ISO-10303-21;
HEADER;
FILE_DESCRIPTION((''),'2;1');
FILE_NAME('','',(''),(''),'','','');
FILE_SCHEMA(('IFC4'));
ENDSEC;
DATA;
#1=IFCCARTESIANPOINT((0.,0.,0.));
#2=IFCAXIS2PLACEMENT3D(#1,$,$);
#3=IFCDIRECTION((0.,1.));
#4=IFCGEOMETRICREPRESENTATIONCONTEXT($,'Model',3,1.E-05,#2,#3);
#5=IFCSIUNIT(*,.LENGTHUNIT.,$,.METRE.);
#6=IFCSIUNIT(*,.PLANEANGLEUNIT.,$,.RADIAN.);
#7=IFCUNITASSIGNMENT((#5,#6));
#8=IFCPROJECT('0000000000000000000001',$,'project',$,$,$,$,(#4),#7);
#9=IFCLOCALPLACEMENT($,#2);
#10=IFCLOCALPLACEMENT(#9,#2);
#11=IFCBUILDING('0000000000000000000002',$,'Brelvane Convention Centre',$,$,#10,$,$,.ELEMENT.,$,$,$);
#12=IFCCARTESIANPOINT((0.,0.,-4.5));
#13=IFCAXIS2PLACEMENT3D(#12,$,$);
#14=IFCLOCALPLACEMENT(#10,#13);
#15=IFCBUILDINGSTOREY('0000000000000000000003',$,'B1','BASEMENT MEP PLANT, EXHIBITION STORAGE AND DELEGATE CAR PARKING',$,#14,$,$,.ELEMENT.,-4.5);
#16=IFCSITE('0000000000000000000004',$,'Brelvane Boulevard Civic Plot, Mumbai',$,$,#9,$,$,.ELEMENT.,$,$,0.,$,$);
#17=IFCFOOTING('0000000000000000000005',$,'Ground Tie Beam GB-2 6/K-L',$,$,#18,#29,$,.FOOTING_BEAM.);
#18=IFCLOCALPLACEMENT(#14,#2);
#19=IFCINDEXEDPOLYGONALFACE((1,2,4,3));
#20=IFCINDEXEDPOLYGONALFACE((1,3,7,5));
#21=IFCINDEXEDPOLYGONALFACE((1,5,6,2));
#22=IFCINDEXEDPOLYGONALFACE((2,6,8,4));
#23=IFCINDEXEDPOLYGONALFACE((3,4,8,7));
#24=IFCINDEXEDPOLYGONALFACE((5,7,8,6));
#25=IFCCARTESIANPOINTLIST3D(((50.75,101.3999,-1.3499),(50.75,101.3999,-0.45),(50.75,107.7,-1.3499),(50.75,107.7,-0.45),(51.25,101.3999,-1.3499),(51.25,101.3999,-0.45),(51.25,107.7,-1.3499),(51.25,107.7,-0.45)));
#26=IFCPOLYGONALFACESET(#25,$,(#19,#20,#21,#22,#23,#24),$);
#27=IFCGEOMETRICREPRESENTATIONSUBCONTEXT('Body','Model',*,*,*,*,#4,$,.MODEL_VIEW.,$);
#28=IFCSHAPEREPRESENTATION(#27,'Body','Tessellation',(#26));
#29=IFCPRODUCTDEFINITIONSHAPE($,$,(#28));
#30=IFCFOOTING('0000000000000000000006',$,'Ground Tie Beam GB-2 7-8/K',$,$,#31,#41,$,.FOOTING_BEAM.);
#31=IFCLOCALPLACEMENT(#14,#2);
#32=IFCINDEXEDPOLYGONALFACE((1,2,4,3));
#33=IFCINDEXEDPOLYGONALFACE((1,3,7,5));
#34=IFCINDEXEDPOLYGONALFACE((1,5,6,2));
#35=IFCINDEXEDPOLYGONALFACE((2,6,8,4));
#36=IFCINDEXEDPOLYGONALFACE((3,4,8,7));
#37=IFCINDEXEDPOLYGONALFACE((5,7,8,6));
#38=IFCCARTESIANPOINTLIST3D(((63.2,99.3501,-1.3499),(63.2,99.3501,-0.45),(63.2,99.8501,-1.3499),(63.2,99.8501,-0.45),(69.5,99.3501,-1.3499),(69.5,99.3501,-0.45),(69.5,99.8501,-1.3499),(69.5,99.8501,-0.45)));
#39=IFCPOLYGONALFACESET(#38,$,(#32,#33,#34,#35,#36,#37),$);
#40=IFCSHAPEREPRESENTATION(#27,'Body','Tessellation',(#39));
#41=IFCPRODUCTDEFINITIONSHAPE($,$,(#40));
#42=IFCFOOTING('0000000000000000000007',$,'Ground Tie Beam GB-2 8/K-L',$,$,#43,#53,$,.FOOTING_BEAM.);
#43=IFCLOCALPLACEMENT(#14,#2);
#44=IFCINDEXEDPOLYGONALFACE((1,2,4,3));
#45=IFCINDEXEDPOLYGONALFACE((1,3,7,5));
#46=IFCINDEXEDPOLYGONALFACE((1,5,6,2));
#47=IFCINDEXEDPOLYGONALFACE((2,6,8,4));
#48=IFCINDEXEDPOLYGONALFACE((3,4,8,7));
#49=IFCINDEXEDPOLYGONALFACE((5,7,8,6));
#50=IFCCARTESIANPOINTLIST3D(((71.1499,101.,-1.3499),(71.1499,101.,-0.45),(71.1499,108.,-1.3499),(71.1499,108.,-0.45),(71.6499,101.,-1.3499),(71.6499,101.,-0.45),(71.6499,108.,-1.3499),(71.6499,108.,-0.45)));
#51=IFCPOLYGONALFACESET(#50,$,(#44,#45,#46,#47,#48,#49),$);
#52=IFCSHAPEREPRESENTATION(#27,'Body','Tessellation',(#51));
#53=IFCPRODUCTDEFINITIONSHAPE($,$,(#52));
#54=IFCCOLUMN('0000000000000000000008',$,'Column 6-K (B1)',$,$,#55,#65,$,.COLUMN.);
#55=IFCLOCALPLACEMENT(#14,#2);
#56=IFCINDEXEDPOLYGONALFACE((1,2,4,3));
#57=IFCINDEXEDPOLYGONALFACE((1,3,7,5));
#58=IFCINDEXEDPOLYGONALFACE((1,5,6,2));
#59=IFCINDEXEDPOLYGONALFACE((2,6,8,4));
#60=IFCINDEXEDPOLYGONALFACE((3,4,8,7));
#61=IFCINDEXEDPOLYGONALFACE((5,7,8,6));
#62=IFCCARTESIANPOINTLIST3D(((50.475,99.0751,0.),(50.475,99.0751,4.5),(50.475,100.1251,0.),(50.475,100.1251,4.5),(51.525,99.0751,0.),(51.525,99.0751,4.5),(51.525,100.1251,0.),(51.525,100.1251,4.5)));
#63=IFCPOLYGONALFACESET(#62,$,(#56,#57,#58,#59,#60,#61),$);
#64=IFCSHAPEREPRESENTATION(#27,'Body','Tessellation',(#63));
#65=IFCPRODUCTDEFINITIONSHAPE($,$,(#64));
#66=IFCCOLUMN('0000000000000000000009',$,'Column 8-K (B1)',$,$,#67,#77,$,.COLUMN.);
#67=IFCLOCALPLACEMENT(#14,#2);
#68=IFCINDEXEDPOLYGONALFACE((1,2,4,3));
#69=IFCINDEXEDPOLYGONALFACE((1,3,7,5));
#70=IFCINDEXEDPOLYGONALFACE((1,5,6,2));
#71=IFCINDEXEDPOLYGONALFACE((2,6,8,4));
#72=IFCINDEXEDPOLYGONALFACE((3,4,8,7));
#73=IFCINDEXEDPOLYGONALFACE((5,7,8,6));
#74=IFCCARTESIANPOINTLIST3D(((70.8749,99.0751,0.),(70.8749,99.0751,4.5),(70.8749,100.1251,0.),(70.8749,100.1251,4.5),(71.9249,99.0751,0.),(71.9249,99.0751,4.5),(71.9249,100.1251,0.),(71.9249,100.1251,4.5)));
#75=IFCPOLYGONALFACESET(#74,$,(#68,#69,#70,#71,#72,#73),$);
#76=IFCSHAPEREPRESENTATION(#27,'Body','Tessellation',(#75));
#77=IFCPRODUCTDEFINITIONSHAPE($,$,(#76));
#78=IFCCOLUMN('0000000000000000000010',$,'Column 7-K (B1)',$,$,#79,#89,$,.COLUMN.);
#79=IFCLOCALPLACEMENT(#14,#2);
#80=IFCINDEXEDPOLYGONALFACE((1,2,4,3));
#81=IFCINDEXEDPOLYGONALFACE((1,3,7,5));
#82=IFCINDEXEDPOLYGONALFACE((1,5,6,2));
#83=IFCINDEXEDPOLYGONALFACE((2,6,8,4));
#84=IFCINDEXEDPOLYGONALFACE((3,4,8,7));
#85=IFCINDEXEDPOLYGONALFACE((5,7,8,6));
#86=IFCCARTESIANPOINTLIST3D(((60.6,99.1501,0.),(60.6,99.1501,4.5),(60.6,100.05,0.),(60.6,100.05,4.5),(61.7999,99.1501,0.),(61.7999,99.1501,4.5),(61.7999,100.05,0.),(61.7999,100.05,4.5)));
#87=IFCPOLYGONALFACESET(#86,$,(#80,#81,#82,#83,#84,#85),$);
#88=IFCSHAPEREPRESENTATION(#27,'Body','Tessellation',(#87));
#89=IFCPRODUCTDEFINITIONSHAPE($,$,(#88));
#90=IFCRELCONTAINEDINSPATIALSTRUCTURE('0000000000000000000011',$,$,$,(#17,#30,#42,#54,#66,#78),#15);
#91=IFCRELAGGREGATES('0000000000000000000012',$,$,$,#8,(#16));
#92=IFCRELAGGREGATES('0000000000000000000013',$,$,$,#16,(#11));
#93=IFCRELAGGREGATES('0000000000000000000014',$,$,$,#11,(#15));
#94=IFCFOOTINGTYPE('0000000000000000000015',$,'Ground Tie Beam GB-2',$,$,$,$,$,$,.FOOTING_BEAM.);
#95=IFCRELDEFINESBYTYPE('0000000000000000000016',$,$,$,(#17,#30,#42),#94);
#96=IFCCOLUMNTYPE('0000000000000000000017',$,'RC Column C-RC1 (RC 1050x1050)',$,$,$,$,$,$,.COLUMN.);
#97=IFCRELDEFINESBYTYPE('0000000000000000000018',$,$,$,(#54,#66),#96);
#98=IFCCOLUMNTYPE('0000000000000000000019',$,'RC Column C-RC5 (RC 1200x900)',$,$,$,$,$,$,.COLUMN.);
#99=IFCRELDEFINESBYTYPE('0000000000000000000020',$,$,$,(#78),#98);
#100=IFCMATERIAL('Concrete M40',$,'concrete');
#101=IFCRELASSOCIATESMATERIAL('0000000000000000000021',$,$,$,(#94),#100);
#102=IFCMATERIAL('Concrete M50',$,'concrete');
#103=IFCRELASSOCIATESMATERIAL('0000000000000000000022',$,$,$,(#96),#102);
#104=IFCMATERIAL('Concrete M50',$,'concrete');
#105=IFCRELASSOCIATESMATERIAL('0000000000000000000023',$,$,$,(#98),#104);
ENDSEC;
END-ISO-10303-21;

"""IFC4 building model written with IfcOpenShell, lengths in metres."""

from ifc_helpers import new_model, si_unit, direction, frame, origin, origin_2d, place, context, subcontext, project, spatial, rectangle, extrude, material, material_profile, profile_set, type_object, element, save


model = new_model("IFC4")

# Units and contexts
model_context = context("Model", 3, precision=1e-05, world=origin(), true_north=direction((0.0, 1.0)))
body_context = subcontext(model_context, "Body", "Model", "MODEL_VIEW")
ifc_project = project(units=[si_unit("LENGTHUNIT", "METRE"), si_unit("PLANEANGLEUNIT", "RADIAN")], contexts=[model_context])

# Site, building, storey
site_placement = place(None, origin())
site = spatial("IfcSite", under=ifc_project, at=site_placement, Name="Brelvane Boulevard Civic Plot, Mumbai", CompositionType="ELEMENT", RefElevation=0.0)
building_placement = place(site_placement, origin())
building = spatial("IfcBuilding", under=site, at=building_placement, Name="Brelvane Convention Centre", CompositionType="ELEMENT")
storey_placement = place(building_placement, frame((0.0, 0.0, -4.5)))
storey = spatial("IfcBuildingStorey", under=building, at=storey_placement, Name="B1", Description="BASEMENT MEP PLANT, EXHIBITION STORAGE AND DELEGATE CAR PARKING", CompositionType="ELEMENT", Elevation=-4.5)

# Footings
ifc_material_1 = material(Name="Concrete M40", Category="concrete")
ifc_material_profile_1 = material_profile(ifc_material_1, rectangle(XDim=0.5, YDim=0.8999, at=origin_2d()), Name="RC 500x900")
ifc_profile_set_1 = profile_set([ifc_material_profile_1], Name="Concrete M40")
footing_type_1 = type_object("IfcFootingType", Name="Ground Tie Beam GB-2", PredefinedType="FOOTING_BEAM", material=ifc_profile_set_1)
for number, where, z_axis, x_axis, name in (
    (1, (51.0, 101.3999, -0.8999), (0.0, 1.0, 0.0), (-1.0, 0.0, 0.0), "Ground Tie Beam GB-2 6/K-L"),
    (2, (63.2, 99.6001, -0.8999), (1.0, 0.0, 0.0), (0.0, 1.0, 0.0), "Ground Tie Beam GB-2 7-8/K"),
):
    element("IfcFooting", number, at=place(storey_placement, frame(where, z_axis=z_axis, x_axis=x_axis)), inside=storey, type_object=footing_type_1, Name=name, PredefinedType="FOOTING_BEAM", context=body_context, shape_type="SweptSolid", body=[
        extrude(rectangle(XDim=0.5, YDim=0.8999, at=origin_2d()), origin(), (0.0, 0.0, 1.0), 6.3),
    ])
footing_1_placement = place(storey_placement, frame((71.3999, 101.0, -0.8999), z_axis=(0.0, 1.0, 0.0), x_axis=(-1.0, 0.0, 0.0)))
element("IfcFooting", 3, at=footing_1_placement, inside=storey, type_object=footing_type_1, Name="Ground Tie Beam GB-2 8/K-L", PredefinedType="FOOTING_BEAM", context=body_context, shape_type="SweptSolid", body=[
    extrude(rectangle(XDim=0.5, YDim=0.8999, at=origin_2d()), origin(), (0.0, 0.0, 1.0), 7.0),
])

# Columns
ifc_material_2 = material(Name="Concrete M50", Category="concrete")
ifc_material_profile_2 = material_profile(ifc_material_2, rectangle(XDim=1.05, YDim=1.05, at=origin_2d()), Name="RC 1050x1050")
ifc_profile_set_2 = profile_set([ifc_material_profile_2], Name="Concrete M50")
column_type_1 = type_object("IfcColumnType", Name="RC Column C-RC1 (RC 1050x1050)", PredefinedType="COLUMN", material=ifc_profile_set_2)
for number, where, z_axis, x_axis, name in (
    (4, (51.0, 99.6001, 0.0), (0.0, 0.0, 1.0), (1.0, 0.0, 0.0), "Column 6-K (B1)"),
    (5, (71.3999, 99.6001, 0.0), (0.0, 0.0, 1.0), (1.0, 0.0, 0.0), "Column 8-K (B1)"),
):
    element("IfcColumn", number, at=place(storey_placement, frame(where, z_axis=z_axis, x_axis=x_axis)), inside=storey, type_object=column_type_1, Name=name, PredefinedType="COLUMN", context=body_context, shape_type="SweptSolid", body=[
        extrude(rectangle(XDim=1.05, YDim=1.05, at=origin_2d()), origin(), (0.0, 0.0, 1.0), 4.5),
    ])
ifc_material_3 = material(Name="Concrete M50", Category="concrete")
ifc_material_profile_3 = material_profile(ifc_material_3, rectangle(XDim=1.2, YDim=0.8999, at=origin_2d()), Name="RC 1200x900")
ifc_profile_set_3 = profile_set([ifc_material_profile_3], Name="Concrete M50")
column_type_2 = type_object("IfcColumnType", Name="RC Column C-RC5 (RC 1200x900)", PredefinedType="COLUMN", material=ifc_profile_set_3)
column_placement = place(storey_placement, frame((61.2, 99.6001, 0.0), z_axis=(0.0, 0.0, 1.0), x_axis=(1.0, 0.0, 0.0)))
element("IfcColumn", 6, at=column_placement, inside=storey, type_object=column_type_2, Name="Column 7-K (B1)", PredefinedType="COLUMN", context=body_context, shape_type="SweptSolid", body=[
    extrude(rectangle(XDim=1.2, YDim=0.8999, at=origin_2d()), origin(), (0.0, 0.0, 1.0), 4.5),
])

save(model, "model.ifc")
